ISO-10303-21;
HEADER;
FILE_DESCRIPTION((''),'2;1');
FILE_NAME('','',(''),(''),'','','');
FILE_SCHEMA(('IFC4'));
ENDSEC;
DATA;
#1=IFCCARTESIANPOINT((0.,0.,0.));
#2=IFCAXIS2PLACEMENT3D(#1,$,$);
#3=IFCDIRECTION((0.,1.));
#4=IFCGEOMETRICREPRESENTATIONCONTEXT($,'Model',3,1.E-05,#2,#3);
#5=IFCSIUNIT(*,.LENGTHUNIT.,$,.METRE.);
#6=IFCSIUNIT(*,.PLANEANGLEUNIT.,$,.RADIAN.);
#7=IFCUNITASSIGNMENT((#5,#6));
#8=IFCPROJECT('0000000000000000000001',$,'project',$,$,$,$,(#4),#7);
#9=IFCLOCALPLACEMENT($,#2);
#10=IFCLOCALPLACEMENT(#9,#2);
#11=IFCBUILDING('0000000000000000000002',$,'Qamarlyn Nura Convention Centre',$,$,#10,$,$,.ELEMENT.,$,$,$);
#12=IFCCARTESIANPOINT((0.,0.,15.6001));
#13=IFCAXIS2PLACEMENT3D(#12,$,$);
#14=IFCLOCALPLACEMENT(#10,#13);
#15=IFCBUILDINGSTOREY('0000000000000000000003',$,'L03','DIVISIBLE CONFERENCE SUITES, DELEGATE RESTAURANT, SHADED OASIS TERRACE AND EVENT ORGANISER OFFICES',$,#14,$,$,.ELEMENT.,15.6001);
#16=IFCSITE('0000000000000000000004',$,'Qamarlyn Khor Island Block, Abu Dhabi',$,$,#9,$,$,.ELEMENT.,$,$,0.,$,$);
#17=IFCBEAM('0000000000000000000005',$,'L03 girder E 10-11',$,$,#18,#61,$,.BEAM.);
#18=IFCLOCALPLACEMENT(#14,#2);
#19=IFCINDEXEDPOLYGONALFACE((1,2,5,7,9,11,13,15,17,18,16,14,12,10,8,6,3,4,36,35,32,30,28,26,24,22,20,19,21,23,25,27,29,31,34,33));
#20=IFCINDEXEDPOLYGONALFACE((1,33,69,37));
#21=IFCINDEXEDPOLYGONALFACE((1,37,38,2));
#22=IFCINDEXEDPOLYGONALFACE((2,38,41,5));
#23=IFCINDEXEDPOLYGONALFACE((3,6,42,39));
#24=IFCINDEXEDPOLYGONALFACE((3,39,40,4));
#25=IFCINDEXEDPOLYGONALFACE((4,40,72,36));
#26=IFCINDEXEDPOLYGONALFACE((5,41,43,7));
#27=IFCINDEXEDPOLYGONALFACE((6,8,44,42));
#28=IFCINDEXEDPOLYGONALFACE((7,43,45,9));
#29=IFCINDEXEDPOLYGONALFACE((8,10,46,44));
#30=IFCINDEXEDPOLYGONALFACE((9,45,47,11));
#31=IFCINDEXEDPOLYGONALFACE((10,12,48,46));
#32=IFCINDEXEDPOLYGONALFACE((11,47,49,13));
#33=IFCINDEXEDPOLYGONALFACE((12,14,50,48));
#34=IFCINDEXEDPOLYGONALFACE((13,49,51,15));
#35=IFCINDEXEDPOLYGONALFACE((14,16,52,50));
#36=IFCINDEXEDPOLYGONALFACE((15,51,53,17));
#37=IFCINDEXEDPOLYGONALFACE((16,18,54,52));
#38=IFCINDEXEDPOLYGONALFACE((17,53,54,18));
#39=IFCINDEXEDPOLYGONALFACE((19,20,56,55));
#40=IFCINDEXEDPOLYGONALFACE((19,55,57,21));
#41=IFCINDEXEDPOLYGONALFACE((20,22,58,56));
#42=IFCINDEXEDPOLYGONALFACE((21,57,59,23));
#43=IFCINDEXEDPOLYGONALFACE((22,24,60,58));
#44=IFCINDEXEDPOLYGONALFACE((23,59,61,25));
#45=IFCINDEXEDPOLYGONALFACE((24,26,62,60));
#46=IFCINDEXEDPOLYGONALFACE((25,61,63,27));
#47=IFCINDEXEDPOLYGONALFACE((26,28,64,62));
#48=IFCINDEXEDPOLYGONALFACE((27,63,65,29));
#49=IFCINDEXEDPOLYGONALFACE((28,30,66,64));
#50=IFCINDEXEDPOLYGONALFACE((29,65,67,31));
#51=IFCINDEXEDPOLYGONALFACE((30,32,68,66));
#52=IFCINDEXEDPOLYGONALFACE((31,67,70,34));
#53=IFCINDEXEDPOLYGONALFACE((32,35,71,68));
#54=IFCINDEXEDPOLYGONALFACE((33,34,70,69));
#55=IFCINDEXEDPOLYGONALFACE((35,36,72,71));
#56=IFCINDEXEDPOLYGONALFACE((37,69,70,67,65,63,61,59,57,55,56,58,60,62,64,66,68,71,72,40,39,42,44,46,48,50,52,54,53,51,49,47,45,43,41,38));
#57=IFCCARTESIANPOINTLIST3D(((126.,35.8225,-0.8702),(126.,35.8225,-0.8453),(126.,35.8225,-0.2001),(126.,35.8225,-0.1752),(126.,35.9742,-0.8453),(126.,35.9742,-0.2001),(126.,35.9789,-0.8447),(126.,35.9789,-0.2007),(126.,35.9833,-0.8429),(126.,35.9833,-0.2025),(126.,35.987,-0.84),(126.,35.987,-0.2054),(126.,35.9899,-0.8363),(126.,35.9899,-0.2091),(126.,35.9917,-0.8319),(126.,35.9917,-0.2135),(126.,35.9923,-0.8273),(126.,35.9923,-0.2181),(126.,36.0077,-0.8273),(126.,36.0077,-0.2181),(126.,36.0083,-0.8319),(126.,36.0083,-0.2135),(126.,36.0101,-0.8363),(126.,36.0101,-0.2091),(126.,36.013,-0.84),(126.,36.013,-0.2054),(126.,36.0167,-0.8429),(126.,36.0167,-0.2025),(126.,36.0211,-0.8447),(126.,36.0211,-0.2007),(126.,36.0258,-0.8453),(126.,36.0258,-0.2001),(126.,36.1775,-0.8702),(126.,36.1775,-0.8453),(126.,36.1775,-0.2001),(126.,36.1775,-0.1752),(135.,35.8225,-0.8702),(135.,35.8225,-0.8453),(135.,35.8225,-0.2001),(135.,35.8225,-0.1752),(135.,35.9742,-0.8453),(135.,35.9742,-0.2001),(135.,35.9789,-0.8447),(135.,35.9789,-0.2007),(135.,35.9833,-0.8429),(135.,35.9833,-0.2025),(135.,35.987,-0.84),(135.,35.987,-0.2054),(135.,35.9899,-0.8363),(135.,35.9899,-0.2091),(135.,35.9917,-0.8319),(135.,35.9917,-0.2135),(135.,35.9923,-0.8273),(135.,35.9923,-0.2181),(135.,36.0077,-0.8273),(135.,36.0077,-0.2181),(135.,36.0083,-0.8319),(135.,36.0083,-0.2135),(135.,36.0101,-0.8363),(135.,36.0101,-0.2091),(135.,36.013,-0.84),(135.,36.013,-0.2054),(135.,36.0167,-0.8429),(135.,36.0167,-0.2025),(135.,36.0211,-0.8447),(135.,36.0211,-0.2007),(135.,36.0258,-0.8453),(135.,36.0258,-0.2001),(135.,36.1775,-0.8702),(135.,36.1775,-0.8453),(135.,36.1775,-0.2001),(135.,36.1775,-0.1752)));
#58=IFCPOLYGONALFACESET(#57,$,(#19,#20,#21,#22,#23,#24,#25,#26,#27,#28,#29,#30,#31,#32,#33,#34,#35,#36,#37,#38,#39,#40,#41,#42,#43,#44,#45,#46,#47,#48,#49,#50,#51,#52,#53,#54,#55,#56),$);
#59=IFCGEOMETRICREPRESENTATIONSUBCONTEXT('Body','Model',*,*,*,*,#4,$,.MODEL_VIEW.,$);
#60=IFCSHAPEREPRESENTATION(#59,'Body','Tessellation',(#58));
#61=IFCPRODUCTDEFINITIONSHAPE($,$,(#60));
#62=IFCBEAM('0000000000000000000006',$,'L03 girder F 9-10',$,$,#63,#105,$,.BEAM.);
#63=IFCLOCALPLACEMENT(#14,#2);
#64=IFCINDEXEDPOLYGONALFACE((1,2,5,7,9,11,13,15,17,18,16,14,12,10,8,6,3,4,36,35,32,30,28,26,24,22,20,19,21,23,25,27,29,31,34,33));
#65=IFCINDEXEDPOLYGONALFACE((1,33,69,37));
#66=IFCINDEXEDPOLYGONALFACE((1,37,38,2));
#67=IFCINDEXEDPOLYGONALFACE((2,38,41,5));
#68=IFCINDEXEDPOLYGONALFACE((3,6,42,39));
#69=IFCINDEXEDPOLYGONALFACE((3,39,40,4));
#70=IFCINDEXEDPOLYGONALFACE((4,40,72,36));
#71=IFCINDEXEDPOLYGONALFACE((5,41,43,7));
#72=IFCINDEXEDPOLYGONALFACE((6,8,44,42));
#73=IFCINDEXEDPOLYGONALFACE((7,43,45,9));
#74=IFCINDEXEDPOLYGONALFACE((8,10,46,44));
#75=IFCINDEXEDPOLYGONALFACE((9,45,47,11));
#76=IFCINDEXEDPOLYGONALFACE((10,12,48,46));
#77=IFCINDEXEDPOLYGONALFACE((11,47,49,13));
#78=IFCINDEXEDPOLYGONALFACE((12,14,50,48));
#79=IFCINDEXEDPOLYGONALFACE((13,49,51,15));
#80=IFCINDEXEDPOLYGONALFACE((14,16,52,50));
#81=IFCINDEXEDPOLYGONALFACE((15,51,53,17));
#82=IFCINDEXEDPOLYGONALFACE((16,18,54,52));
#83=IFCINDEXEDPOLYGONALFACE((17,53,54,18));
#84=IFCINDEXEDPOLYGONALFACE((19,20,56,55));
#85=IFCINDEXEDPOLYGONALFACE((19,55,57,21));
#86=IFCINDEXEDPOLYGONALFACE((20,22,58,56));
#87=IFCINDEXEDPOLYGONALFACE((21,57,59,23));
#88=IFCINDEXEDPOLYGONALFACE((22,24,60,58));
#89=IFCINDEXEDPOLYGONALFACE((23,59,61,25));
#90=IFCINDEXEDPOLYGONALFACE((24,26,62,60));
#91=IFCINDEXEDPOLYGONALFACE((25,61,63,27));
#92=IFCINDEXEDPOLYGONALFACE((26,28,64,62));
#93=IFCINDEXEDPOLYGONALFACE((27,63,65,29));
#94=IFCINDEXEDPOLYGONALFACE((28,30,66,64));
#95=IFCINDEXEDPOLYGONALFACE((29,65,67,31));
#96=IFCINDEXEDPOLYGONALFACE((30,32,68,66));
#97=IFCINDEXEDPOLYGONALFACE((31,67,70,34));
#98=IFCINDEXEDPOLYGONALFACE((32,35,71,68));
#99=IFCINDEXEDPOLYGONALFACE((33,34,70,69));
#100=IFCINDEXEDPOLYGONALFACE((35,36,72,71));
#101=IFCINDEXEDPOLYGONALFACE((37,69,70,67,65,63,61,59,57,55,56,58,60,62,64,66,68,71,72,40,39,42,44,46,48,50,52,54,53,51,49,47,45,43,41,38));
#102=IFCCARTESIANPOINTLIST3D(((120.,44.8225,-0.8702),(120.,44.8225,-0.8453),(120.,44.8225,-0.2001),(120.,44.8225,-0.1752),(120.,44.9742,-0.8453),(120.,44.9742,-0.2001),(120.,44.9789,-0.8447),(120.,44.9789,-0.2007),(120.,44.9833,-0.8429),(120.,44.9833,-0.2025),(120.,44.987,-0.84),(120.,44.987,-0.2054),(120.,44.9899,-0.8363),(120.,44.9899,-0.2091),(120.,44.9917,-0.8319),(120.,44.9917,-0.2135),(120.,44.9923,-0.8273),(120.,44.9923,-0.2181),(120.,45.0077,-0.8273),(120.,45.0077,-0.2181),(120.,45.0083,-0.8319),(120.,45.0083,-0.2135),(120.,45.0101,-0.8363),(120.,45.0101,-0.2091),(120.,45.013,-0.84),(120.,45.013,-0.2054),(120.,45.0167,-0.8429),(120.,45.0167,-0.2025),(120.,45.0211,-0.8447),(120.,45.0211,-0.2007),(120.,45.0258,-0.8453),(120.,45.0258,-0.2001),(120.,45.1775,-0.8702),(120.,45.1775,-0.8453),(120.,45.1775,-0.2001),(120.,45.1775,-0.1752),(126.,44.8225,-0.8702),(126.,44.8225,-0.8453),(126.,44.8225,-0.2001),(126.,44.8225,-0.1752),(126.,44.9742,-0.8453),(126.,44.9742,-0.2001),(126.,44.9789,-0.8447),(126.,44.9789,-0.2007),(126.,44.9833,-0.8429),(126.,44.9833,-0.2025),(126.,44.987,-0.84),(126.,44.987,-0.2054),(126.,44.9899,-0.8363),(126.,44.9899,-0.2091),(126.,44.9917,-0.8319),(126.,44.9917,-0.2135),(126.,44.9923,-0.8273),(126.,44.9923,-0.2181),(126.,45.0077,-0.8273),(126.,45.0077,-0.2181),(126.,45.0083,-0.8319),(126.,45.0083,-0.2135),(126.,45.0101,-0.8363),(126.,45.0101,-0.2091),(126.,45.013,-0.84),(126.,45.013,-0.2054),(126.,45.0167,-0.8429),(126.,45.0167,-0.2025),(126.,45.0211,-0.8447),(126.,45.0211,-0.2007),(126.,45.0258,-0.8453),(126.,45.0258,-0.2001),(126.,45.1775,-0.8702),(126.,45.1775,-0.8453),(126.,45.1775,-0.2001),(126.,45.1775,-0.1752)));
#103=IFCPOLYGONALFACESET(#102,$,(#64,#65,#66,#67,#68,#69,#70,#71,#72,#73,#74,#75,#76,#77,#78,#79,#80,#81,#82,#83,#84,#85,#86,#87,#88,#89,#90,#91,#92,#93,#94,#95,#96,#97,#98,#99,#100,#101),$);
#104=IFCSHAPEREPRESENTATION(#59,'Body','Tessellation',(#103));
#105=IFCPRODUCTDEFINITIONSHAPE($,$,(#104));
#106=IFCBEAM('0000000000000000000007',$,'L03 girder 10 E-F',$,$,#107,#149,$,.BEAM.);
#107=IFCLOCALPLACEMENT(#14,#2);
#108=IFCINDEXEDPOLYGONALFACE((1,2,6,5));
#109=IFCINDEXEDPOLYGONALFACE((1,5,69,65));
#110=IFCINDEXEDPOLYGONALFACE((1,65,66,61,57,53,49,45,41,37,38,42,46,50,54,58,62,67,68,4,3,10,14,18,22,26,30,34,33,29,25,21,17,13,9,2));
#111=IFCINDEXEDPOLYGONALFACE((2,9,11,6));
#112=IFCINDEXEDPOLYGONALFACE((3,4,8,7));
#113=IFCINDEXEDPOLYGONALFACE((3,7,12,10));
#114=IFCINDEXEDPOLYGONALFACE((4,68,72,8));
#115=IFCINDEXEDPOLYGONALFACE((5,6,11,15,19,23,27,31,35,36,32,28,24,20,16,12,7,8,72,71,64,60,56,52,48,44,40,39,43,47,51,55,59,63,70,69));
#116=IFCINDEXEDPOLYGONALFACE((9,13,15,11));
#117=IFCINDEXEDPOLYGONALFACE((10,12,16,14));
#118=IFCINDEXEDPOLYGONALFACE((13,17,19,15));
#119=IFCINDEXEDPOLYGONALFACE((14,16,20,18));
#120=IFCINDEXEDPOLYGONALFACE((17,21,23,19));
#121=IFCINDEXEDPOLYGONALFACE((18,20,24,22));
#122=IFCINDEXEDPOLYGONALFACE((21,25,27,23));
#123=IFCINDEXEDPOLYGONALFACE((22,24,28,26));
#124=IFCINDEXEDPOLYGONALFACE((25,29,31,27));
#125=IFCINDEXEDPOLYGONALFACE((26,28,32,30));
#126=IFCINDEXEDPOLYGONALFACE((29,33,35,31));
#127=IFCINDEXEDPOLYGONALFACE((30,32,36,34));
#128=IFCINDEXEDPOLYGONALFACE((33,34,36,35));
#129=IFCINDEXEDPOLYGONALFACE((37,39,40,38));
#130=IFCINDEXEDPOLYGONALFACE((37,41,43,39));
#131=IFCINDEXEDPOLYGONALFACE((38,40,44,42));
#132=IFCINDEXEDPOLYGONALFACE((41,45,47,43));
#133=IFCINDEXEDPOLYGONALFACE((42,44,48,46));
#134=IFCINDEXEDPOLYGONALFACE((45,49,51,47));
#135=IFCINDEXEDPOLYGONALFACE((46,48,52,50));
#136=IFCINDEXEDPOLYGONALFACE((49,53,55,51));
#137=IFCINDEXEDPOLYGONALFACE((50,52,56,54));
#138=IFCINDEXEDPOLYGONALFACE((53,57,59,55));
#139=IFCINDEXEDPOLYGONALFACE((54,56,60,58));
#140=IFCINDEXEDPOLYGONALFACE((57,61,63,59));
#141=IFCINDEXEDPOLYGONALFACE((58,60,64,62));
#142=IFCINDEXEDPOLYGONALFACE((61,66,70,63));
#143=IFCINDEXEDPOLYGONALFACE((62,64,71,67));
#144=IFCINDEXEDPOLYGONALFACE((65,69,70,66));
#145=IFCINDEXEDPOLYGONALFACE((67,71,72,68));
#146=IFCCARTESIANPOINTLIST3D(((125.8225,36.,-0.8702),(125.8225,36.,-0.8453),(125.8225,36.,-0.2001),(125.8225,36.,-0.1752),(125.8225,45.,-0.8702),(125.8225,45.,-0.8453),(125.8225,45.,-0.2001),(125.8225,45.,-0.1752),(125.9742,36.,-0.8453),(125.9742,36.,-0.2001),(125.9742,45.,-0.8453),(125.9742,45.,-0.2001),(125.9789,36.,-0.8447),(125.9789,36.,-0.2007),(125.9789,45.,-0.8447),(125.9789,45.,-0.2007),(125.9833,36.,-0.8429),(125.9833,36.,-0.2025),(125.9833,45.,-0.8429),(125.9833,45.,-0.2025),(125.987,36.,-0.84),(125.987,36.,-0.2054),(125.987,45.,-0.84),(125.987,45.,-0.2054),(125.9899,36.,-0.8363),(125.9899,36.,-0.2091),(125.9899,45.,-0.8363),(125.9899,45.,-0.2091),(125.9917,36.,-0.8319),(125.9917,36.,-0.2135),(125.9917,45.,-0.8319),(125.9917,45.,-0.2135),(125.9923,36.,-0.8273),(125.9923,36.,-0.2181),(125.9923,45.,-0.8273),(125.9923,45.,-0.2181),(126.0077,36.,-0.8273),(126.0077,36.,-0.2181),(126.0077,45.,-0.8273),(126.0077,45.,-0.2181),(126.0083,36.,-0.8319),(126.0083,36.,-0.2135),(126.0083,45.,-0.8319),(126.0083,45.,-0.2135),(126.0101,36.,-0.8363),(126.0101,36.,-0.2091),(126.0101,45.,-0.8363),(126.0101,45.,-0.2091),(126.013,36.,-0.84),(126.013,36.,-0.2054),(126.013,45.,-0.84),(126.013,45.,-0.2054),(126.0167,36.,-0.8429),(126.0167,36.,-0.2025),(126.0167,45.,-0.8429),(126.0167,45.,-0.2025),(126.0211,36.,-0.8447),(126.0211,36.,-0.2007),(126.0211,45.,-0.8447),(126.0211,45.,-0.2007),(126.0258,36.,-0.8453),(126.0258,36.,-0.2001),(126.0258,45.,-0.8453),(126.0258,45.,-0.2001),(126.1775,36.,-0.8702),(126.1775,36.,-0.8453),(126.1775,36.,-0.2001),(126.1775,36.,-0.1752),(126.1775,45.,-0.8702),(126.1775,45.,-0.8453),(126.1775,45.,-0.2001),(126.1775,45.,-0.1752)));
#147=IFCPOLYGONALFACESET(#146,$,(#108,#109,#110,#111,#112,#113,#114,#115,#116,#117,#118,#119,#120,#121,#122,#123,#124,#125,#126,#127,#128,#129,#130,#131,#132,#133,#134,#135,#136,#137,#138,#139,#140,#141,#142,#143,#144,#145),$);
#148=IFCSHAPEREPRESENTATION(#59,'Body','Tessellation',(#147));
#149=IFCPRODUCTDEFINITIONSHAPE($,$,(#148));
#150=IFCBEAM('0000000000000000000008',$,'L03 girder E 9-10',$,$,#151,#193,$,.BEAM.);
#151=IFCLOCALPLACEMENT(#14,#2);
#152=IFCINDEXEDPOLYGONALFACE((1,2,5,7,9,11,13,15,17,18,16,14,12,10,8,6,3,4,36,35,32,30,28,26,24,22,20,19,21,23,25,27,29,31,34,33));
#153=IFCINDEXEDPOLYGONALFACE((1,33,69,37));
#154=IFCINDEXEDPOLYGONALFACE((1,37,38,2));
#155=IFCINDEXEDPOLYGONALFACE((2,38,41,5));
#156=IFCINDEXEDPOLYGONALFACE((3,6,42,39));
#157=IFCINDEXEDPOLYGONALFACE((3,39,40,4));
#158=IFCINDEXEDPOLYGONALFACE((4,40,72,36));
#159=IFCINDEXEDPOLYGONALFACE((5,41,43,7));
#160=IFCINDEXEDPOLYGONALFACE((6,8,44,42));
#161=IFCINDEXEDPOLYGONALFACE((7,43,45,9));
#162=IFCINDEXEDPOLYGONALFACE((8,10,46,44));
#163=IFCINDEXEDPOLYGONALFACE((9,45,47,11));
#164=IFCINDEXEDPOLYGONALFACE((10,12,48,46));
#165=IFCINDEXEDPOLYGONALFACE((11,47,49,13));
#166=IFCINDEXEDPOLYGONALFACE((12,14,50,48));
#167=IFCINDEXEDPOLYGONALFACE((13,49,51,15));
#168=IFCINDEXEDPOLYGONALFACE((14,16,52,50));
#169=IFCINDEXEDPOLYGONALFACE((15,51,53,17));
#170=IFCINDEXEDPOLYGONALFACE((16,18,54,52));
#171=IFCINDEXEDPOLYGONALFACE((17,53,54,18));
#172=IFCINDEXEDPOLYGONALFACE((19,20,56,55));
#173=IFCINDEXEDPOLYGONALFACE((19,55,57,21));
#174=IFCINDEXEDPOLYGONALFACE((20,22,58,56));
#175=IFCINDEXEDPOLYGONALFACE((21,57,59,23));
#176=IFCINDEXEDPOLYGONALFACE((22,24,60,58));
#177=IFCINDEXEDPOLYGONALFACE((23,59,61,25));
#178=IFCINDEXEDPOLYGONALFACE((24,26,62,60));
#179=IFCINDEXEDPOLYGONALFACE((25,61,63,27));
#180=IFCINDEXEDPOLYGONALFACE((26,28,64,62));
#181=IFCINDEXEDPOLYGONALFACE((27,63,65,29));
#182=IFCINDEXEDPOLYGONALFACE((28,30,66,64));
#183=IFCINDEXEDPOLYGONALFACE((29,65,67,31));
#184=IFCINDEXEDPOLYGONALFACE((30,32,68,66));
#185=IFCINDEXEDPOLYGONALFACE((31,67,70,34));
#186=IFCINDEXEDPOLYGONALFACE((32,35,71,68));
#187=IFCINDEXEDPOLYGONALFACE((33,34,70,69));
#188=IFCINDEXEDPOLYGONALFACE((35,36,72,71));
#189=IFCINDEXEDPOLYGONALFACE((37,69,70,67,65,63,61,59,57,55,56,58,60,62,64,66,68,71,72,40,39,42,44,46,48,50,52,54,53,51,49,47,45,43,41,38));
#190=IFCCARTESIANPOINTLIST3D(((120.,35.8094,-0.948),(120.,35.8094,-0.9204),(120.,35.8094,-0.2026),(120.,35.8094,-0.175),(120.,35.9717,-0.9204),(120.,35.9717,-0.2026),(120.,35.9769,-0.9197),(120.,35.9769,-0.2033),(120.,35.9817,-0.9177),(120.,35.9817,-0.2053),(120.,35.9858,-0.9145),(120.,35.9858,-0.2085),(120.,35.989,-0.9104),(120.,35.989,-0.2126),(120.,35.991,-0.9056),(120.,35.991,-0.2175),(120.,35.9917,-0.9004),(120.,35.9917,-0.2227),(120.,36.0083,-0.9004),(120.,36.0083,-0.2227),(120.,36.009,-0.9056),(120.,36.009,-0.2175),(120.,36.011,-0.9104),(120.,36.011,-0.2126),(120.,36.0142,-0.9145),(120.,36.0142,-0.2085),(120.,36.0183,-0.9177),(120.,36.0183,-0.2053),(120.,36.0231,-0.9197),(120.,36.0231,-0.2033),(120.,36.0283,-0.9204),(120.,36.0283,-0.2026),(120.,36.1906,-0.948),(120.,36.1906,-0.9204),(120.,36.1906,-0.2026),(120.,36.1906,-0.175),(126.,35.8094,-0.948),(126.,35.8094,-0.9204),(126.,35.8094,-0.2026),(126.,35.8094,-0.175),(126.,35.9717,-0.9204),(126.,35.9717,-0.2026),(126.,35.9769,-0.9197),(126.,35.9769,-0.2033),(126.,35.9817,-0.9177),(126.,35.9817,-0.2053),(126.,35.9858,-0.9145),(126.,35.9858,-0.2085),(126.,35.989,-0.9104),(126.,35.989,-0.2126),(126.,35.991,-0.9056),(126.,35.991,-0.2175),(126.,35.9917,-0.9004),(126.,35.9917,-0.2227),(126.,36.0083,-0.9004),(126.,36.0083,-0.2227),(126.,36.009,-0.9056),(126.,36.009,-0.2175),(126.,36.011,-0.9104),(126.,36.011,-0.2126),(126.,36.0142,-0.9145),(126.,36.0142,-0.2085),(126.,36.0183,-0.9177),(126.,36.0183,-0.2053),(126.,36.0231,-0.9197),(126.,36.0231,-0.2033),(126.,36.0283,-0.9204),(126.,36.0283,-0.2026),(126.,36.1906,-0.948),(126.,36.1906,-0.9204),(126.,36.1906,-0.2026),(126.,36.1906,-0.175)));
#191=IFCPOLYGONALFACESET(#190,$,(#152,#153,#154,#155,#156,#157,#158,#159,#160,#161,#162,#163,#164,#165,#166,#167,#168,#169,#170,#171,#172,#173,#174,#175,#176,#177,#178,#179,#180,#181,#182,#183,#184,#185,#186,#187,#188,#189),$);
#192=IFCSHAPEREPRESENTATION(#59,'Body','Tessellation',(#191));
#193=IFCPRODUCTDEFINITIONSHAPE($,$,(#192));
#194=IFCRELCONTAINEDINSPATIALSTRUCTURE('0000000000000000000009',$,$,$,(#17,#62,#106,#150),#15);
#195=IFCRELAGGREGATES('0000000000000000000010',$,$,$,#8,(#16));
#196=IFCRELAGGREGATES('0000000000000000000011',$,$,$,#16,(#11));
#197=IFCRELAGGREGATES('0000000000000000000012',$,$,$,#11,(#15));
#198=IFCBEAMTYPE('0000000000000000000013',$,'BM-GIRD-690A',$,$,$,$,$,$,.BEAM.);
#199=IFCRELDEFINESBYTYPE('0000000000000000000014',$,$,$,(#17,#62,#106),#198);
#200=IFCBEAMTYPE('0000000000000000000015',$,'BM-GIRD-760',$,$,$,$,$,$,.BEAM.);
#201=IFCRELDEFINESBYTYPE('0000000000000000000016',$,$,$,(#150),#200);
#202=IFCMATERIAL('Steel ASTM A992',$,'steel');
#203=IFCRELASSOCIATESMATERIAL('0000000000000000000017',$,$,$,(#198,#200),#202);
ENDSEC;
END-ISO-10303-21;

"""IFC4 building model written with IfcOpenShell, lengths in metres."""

from ifc_helpers import new_model, si_unit, direction, frame, origin, origin_2d, place, context, subcontext, project, spatial, i_section, extrude, material, material_profile, profile_set, type_object, element, save


model = new_model("IFC4")

# Units and contexts
model_context = context("Model", 3, precision=1e-05, world=origin(), true_north=direction((0.0, 1.0)))
body_context = subcontext(model_context, "Body", "Model", "MODEL_VIEW")
ifc_project = project(units=[si_unit("LENGTHUNIT", "METRE"), si_unit("PLANEANGLEUNIT", "RADIAN")], contexts=[model_context])

# Site, building, storey
site_placement = place(None, origin())
site = spatial("IfcSite", under=ifc_project, at=site_placement, Name="Qamarlyn Khor Island Block, Abu Dhabi", CompositionType="ELEMENT", RefElevation=0.0)
building_placement = place(site_placement, origin())
building = spatial("IfcBuilding", under=site, at=building_placement, Name="Qamarlyn Nura Convention Centre", CompositionType="ELEMENT")
storey_placement = place(building_placement, frame((0.0, 0.0, 15.6001)))
storey = spatial("IfcBuildingStorey", under=building, at=storey_placement, Name="L03", Description="DIVISIBLE CONFERENCE SUITES, DELEGATE RESTAURANT, SHADED OASIS TERRACE AND EVENT ORGANISER OFFICES", CompositionType="ELEMENT", Elevation=15.6001)

# Beams
ifc_material_1 = material(Name="Steel ASTM A992", Category="steel")
ifc_material_profile_1 = material_profile(ifc_material_1, i_section(OverallWidth=0.355, OverallDepth=0.6951, WebThickness=0.0154, FlangeThickness=0.0249, FilletRadius=0.0181, at=origin_2d()), Name="W690X217")
ifc_profile_set_1 = profile_set([ifc_material_profile_1], Name="Steel ASTM A992")
beam_type_1 = type_object("IfcBeamType", Name="BM-GIRD-690A", PredefinedType="BEAM", material=ifc_profile_set_1)
beam_1_placement = place(storey_placement, frame((126.0, 36.0, -0.5227), z_axis=(1.0, 0.0, 0.0), x_axis=(0.0, 1.0, 0.0)))
element("IfcBeam", 1, at=beam_1_placement, inside=storey, type_object=beam_type_1, Name="L03 girder E 10-11", PredefinedType="BEAM", context=body_context, shape_type="SweptSolid", body=[
    extrude(i_section(OverallWidth=0.355, OverallDepth=0.6951, WebThickness=0.0154, FlangeThickness=0.0249, FilletRadius=0.0181, at=origin_2d()), origin(), (0.0, 0.0, 1.0), 9.0),
])
beam_2_placement = place(storey_placement, frame((120.0, 45.0, -0.5227), z_axis=(1.0, 0.0, 0.0), x_axis=(0.0, 1.0, 0.0)))
element("IfcBeam", 2, at=beam_2_placement, inside=storey, type_object=beam_type_1, Name="L03 girder F 9-10", PredefinedType="BEAM", context=body_context, shape_type="SweptSolid", body=[
    extrude(i_section(OverallWidth=0.355, OverallDepth=0.6951, WebThickness=0.0154, FlangeThickness=0.0249, FilletRadius=0.0181, at=origin_2d()), origin(), (0.0, 0.0, 1.0), 6.0),
])
beam_3_placement = place(storey_placement, frame((126.0, 36.0, -0.5227), z_axis=(0.0, 1.0, 0.0), x_axis=(-1.0, 0.0, 0.0)))
element("IfcBeam", 3, at=beam_3_placement, inside=storey, type_object=beam_type_1, Name="L03 girder 10 E-F", PredefinedType="BEAM", context=body_context, shape_type="SweptSolid", body=[
    extrude(i_section(OverallWidth=0.355, OverallDepth=0.6951, WebThickness=0.0154, FlangeThickness=0.0249, FilletRadius=0.0181, at=origin_2d()), origin(), (0.0, 0.0, 1.0), 9.0),
])
ifc_material_profile_2 = material_profile(ifc_material_1, i_section(OverallWidth=0.3811, OverallDepth=0.7729, WebThickness=0.0166, FlangeThickness=0.0276, FilletRadius=0.02, at=origin_2d()), Name="W760X257")
ifc_profile_set_2 = profile_set([ifc_material_profile_2], Name="Steel ASTM A992")
beam_type_2 = type_object("IfcBeamType", Name="BM-GIRD-760", PredefinedType="BEAM", material=ifc_profile_set_2)
beam_4_placement = place(storey_placement, frame((120.0, 36.0, -0.5615), z_axis=(1.0, 0.0, 0.0), x_axis=(0.0, 1.0, 0.0)))
element("IfcBeam", 4, at=beam_4_placement, inside=storey, type_object=beam_type_2, Name="L03 girder E 9-10", PredefinedType="BEAM", context=body_context, shape_type="SweptSolid", body=[
    extrude(i_section(OverallWidth=0.3811, OverallDepth=0.7729, WebThickness=0.0166, FlangeThickness=0.0276, FilletRadius=0.02, at=origin_2d()), origin(), (0.0, 0.0, 1.0), 6.0),
])

save(model, "model.ifc")
